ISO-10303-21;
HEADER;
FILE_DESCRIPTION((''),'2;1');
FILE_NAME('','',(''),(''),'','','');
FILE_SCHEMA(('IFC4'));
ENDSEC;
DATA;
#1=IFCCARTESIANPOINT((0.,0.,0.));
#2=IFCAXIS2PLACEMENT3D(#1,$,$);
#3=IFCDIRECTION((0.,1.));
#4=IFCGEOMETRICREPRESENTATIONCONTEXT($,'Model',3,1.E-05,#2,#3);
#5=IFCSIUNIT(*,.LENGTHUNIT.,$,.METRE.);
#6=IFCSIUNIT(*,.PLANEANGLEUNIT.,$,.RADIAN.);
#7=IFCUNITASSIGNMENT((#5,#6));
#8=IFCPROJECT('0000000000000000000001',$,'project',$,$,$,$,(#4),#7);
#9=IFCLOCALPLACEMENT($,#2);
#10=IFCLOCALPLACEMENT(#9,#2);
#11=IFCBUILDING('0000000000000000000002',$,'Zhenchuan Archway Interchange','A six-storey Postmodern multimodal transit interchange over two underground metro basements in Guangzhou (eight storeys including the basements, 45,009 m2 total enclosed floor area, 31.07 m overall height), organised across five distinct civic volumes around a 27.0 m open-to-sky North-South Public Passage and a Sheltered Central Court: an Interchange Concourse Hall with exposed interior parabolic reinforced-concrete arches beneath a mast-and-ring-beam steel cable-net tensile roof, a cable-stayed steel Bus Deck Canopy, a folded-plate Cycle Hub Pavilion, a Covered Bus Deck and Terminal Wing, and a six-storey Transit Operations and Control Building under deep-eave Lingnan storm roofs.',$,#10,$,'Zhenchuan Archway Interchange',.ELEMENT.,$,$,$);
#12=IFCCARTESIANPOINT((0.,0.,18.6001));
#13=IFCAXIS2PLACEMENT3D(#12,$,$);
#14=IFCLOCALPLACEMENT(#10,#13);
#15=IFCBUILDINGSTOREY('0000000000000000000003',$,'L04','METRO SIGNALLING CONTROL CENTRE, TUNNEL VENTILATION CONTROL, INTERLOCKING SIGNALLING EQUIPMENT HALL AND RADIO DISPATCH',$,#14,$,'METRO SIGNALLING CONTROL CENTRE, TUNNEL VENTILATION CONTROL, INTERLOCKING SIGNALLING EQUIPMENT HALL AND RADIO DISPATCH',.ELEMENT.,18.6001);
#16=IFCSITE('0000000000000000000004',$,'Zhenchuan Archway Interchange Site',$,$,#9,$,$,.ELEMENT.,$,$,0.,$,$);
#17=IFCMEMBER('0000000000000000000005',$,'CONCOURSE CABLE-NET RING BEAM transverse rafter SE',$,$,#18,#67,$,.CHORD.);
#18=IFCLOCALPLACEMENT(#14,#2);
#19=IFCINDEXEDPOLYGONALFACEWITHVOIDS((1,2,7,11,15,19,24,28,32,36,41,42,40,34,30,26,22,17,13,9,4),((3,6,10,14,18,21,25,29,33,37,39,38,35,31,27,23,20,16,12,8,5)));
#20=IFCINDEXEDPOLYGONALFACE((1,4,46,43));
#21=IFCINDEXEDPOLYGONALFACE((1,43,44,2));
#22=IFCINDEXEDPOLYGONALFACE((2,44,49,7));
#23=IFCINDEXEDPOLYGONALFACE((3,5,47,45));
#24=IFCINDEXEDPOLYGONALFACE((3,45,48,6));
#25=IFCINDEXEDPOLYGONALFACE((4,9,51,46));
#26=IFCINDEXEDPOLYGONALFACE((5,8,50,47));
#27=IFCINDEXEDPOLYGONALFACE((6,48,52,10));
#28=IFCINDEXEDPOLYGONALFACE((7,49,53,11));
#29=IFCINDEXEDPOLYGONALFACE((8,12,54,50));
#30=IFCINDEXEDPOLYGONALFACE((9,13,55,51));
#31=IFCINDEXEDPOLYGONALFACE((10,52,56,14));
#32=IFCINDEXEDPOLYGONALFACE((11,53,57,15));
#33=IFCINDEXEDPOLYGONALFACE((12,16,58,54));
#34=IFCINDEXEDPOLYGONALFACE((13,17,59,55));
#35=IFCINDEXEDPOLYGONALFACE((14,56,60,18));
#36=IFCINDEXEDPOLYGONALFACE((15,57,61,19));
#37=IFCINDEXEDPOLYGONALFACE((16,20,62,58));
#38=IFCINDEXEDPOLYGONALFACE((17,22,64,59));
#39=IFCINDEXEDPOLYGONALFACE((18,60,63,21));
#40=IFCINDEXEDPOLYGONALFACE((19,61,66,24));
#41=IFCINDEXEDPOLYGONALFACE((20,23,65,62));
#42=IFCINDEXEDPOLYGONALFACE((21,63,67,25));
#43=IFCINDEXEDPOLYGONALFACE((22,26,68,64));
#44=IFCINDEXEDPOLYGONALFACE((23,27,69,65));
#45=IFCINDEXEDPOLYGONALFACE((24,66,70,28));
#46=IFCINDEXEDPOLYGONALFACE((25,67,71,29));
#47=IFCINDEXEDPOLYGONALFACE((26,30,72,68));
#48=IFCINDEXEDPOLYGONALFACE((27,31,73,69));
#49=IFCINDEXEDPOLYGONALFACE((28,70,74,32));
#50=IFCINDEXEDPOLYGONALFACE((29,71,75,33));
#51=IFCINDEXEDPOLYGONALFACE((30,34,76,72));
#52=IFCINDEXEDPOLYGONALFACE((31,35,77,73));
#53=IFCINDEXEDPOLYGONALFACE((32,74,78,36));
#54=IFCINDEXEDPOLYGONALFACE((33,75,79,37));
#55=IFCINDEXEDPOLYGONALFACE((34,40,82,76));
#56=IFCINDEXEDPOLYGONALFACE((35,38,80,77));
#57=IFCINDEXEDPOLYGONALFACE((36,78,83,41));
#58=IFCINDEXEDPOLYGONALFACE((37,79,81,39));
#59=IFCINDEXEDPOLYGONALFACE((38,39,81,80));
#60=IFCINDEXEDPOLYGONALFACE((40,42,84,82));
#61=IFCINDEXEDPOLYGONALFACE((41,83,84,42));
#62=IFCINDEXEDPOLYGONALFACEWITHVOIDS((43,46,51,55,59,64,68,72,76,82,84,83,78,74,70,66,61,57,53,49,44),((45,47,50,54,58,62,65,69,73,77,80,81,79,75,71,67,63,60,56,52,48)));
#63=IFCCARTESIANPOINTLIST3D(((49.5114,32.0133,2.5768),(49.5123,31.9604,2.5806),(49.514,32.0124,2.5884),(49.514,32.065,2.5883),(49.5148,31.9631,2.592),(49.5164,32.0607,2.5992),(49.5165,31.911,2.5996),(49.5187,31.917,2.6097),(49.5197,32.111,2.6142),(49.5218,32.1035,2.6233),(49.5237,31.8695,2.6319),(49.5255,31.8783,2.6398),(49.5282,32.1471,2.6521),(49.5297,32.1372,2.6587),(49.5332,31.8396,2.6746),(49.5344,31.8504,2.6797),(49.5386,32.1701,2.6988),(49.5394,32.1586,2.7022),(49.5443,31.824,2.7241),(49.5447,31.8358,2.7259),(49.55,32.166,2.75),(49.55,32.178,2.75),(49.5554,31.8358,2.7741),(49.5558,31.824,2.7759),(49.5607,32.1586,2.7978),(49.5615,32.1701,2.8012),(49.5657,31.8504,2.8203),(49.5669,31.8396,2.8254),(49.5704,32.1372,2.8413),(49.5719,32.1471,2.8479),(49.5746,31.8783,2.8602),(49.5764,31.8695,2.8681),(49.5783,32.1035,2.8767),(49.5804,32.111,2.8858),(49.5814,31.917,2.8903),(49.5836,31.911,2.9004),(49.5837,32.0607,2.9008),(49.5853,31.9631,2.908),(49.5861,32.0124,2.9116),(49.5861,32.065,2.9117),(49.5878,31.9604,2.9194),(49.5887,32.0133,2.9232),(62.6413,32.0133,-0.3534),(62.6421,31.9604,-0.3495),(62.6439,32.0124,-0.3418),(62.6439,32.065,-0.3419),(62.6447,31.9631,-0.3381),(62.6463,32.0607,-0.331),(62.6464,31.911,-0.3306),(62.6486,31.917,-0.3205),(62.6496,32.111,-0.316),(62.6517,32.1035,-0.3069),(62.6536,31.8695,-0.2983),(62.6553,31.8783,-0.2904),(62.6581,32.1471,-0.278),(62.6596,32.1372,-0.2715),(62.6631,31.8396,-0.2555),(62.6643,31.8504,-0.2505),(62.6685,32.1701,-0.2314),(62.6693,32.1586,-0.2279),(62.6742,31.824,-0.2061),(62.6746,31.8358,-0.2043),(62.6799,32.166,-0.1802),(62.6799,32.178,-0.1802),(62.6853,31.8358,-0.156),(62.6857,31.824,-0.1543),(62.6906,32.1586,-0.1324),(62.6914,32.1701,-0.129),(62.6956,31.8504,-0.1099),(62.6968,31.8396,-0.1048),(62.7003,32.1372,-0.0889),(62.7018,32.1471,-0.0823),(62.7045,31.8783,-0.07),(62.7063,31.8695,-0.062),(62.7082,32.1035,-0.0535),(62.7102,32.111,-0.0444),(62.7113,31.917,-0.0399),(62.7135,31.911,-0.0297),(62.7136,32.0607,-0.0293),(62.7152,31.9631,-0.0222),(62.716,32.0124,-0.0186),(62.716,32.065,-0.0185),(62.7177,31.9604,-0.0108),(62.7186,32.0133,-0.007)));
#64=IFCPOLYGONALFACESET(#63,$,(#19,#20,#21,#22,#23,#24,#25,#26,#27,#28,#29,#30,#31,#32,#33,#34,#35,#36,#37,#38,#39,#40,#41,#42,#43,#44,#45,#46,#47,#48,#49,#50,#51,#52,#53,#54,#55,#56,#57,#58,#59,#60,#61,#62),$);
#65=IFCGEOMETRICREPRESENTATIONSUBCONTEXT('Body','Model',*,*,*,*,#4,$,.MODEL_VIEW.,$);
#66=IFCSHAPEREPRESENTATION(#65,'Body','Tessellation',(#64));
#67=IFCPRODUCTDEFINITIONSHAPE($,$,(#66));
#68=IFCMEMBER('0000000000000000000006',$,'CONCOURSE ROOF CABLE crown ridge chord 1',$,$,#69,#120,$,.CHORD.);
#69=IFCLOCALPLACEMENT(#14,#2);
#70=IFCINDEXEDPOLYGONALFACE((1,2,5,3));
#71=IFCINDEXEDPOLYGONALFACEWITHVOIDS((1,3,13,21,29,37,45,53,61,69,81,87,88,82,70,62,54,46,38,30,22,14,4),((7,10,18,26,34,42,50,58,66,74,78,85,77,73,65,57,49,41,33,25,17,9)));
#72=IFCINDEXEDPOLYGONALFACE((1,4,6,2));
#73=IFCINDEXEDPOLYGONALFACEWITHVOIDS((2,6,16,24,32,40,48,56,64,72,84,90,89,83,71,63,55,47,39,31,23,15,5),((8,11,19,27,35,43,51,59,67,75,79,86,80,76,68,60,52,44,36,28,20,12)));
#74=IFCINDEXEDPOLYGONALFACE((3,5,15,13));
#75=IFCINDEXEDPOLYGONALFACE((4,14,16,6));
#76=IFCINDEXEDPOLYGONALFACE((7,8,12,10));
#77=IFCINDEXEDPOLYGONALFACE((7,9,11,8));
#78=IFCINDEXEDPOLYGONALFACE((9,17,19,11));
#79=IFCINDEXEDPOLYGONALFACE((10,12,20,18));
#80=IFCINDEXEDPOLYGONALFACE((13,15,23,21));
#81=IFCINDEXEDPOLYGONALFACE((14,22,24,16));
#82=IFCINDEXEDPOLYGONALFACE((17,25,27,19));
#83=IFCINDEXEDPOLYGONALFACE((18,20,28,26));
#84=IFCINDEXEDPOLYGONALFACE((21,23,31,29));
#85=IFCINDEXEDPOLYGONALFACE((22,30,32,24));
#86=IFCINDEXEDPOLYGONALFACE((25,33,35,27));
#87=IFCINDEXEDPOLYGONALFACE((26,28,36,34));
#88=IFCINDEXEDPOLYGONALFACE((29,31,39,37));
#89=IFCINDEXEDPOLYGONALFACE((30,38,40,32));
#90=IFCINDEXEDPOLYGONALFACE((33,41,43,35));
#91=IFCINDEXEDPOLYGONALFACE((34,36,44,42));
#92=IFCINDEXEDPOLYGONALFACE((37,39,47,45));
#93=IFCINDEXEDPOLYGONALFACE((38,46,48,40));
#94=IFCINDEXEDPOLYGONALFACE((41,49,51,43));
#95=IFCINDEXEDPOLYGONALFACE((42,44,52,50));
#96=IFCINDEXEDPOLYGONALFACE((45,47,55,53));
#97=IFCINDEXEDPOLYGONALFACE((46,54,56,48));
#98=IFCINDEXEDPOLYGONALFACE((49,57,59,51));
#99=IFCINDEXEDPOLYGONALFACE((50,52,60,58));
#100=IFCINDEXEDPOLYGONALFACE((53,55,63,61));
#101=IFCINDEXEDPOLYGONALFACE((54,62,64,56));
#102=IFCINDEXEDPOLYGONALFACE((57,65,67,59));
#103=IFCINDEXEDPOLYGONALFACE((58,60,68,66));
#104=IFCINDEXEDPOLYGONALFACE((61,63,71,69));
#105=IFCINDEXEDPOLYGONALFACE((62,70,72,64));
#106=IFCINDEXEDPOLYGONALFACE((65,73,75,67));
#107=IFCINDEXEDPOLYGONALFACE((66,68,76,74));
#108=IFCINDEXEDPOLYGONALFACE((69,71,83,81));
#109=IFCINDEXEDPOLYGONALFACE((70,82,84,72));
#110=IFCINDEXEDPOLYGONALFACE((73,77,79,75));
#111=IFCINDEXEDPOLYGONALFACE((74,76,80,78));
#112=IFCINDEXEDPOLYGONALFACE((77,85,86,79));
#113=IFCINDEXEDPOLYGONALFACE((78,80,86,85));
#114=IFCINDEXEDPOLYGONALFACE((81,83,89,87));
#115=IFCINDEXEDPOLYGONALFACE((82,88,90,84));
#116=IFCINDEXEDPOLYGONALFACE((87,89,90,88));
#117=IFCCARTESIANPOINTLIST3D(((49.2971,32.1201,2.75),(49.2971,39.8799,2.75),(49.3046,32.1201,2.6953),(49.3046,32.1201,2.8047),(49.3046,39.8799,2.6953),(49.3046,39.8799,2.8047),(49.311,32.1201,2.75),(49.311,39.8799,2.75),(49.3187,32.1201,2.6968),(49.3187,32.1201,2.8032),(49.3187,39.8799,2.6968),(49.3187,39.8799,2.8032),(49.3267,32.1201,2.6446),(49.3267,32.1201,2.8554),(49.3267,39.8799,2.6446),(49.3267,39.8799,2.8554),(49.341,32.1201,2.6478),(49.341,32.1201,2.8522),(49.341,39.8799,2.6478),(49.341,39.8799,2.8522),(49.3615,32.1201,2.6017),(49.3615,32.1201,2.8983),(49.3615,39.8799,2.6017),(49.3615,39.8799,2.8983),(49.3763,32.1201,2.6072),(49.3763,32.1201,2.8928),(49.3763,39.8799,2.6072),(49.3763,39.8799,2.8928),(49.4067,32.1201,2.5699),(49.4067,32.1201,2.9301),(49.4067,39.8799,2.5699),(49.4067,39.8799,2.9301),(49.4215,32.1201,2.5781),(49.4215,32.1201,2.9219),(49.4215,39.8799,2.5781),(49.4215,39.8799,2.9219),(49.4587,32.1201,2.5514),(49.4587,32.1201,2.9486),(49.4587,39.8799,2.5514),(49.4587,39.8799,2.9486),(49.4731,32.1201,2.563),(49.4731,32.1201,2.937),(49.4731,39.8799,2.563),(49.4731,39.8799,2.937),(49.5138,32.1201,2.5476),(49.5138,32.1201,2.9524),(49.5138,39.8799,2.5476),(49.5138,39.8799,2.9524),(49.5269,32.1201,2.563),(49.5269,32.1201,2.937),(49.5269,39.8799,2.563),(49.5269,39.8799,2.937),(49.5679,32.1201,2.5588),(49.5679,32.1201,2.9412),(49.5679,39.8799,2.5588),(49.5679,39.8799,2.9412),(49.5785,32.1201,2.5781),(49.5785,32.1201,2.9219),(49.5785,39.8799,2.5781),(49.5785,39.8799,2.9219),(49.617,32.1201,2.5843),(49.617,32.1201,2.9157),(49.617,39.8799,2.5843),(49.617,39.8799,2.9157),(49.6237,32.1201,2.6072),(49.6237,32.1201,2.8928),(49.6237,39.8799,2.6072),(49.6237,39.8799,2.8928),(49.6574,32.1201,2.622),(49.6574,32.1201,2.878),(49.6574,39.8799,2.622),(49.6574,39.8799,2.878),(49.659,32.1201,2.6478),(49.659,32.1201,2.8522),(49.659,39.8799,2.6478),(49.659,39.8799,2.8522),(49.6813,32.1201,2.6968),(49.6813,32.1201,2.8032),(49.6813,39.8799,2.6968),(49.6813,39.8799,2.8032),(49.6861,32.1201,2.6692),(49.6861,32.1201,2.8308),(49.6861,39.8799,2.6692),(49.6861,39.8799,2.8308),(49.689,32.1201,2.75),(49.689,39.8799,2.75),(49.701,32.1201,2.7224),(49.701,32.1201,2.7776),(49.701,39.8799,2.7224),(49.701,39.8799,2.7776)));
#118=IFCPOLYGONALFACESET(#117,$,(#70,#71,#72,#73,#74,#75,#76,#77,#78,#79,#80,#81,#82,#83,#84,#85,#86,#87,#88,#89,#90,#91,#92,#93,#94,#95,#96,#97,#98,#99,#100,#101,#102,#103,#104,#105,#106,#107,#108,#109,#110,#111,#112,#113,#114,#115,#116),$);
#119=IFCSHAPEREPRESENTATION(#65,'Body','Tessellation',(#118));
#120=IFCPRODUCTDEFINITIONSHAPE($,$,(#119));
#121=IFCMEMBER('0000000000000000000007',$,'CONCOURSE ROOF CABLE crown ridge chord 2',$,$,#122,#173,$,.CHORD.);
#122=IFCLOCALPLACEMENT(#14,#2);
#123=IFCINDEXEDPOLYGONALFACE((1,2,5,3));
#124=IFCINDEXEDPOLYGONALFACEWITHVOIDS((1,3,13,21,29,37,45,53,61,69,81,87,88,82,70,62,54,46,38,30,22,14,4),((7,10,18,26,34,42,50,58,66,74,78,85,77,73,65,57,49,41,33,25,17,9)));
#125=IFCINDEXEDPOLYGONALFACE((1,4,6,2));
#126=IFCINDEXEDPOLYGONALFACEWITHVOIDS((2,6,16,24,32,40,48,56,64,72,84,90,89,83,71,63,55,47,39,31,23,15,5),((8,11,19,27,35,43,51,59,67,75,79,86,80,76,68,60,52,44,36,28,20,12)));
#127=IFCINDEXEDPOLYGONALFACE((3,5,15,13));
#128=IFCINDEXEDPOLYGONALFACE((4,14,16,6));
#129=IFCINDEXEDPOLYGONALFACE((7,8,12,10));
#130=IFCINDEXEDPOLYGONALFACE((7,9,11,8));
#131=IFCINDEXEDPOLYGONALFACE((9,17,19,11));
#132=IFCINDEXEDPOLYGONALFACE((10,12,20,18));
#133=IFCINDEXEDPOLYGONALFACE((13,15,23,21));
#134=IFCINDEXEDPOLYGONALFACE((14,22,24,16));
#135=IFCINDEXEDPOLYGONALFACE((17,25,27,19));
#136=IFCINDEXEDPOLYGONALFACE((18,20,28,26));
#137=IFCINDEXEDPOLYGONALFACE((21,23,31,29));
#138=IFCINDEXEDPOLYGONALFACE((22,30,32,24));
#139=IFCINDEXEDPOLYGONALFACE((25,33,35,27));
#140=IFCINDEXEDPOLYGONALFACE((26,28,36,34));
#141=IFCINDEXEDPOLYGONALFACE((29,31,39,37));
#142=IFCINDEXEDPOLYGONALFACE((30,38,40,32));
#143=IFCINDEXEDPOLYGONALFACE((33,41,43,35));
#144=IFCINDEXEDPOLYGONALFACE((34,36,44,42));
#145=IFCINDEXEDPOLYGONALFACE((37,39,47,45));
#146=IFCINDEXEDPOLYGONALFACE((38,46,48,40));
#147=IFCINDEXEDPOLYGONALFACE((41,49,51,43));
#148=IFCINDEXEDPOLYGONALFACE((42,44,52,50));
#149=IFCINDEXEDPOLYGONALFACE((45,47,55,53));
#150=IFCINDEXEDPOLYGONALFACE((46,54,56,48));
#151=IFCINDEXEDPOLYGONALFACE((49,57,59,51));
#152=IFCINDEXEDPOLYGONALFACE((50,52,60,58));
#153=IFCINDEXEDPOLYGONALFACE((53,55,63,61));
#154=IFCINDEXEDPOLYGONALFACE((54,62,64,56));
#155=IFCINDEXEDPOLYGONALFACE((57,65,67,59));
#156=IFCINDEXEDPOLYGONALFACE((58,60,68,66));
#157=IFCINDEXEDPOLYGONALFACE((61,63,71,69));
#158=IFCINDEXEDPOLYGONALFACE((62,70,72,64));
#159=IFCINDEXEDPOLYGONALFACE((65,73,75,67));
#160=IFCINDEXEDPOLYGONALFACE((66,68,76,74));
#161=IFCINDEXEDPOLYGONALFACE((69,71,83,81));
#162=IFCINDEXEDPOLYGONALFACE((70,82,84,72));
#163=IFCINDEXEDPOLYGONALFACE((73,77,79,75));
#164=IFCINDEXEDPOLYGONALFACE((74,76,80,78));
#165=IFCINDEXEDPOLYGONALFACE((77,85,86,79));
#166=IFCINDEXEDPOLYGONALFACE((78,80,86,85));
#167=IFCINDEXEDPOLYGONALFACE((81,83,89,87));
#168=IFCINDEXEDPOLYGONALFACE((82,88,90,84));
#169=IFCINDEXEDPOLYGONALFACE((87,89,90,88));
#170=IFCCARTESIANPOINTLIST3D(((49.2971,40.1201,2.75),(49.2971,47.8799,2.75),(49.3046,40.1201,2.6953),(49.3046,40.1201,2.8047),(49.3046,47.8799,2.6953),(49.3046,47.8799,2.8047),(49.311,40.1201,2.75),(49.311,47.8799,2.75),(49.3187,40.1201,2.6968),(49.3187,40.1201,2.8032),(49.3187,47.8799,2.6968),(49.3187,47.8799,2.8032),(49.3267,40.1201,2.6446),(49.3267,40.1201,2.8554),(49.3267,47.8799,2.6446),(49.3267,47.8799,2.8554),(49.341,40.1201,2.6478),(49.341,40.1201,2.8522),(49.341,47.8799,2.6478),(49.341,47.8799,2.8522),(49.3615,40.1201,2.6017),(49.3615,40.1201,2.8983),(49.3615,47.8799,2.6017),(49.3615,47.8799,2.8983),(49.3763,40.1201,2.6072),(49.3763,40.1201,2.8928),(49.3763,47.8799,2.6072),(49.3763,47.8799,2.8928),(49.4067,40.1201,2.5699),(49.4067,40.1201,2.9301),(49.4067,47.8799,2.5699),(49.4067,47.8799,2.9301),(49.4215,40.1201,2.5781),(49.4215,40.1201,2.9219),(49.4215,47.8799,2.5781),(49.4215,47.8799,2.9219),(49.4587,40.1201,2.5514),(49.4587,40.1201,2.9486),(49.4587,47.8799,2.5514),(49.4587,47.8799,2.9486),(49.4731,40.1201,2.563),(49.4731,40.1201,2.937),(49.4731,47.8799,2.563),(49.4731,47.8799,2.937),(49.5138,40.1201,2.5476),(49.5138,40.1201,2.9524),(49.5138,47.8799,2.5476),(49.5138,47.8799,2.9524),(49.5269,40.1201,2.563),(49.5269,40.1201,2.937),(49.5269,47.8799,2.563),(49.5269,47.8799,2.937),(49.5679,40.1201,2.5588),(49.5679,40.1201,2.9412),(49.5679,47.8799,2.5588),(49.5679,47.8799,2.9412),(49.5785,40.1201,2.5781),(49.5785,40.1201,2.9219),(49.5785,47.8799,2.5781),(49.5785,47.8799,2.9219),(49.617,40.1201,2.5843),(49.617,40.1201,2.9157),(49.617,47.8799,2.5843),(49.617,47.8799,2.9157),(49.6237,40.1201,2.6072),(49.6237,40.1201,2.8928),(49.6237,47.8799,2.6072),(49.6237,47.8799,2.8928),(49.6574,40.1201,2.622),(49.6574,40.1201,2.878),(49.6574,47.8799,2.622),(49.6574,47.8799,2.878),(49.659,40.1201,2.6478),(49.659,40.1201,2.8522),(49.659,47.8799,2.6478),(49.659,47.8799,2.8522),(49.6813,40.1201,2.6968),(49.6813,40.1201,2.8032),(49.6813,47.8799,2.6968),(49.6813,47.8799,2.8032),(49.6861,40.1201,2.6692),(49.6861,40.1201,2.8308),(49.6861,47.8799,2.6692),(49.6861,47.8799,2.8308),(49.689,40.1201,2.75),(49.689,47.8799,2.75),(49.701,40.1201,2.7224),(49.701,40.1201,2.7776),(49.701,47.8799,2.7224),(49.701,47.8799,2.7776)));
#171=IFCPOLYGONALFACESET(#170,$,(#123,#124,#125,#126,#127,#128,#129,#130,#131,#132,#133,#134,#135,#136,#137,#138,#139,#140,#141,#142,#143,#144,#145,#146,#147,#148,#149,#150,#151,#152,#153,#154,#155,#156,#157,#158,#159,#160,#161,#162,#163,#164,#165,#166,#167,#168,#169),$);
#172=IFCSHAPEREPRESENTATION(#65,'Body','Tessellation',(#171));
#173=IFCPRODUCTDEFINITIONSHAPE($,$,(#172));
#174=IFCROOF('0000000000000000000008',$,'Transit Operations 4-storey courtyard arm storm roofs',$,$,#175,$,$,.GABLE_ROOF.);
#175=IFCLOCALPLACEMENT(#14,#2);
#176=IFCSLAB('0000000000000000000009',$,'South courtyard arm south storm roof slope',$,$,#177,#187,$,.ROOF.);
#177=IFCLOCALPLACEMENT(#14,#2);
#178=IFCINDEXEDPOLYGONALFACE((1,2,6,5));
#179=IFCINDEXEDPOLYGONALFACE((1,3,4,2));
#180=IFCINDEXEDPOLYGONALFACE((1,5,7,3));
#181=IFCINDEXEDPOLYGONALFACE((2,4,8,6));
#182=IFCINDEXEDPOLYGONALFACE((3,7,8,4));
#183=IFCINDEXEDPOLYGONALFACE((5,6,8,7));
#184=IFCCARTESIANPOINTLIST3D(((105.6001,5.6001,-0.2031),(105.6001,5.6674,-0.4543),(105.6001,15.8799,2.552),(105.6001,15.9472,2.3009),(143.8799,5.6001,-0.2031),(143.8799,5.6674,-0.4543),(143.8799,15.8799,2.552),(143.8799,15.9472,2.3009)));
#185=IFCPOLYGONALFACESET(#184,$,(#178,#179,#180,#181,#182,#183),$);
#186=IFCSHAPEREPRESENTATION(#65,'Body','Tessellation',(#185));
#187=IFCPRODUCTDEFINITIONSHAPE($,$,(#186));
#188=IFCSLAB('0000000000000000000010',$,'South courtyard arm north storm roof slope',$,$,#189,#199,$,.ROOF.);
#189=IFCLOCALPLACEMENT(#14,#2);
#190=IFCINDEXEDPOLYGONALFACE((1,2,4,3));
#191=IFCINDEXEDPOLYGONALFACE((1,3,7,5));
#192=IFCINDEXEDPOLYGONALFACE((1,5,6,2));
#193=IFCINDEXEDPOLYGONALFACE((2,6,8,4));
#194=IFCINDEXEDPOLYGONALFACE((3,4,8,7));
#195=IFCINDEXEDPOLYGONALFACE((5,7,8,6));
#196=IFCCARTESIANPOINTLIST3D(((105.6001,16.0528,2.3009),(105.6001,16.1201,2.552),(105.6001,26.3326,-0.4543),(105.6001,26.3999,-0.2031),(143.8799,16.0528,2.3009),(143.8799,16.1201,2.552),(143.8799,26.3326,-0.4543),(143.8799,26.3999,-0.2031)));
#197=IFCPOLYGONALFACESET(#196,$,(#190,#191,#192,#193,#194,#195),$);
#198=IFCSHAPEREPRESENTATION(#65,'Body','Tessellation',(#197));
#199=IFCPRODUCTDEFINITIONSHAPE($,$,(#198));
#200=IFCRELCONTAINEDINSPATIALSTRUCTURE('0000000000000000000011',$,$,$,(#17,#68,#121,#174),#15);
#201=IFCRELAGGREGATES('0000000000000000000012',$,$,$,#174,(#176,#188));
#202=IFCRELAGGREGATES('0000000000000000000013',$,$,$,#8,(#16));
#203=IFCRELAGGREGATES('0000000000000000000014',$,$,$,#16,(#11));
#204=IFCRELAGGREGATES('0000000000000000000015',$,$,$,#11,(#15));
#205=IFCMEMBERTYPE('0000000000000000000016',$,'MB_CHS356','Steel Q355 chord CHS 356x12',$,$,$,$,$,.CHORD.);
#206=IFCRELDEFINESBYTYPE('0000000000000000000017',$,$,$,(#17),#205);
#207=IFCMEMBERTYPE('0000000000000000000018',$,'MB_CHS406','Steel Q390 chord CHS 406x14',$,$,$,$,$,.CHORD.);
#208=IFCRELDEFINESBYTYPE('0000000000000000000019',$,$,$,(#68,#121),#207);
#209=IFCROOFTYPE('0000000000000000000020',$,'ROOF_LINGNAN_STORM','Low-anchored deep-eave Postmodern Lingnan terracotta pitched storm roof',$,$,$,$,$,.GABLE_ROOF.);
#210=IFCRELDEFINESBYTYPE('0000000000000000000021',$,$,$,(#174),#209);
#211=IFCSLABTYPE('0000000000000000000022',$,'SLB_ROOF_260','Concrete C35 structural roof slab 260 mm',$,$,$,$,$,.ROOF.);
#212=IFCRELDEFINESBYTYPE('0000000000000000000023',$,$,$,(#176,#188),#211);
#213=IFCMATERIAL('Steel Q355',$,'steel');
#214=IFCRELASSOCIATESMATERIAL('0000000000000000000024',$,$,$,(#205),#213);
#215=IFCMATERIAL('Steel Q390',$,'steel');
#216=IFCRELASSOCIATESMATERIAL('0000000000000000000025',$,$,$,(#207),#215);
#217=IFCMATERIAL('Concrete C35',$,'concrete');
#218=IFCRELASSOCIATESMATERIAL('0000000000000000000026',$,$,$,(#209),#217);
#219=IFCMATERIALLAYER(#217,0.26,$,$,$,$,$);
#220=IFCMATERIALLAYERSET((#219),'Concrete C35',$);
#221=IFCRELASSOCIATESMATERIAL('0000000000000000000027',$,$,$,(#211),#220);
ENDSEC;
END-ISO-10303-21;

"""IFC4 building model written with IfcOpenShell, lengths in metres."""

from ifc_helpers import new_model, si_unit, direction, frame, origin, origin_2d, place, context, subcontext, project, spatial, polyline, hollow_circle, outline, extrude, material, layer, layer_set, material_profile, profile_set, type_object, element, aggregate, save


model = new_model("IFC4")

# Units and contexts
model_context = context("Model", 3, precision=1e-05, world=origin(), true_north=direction((0.0, 1.0)))
body_context = subcontext(model_context, "Body", "Model", "MODEL_VIEW")
ifc_project = project(units=[si_unit("LENGTHUNIT", "METRE"), si_unit("PLANEANGLEUNIT", "RADIAN")], contexts=[model_context])

# Site, building, storey
site_placement = place(None, origin())
site = spatial("IfcSite", under=ifc_project, at=site_placement, Name="Zhenchuan Archway Interchange Site", CompositionType="ELEMENT", RefElevation=0.0)
building_placement = place(site_placement, origin())
building = spatial("IfcBuilding", under=site, at=building_placement, Name="Zhenchuan Archway Interchange", Description="A six-storey Postmodern multimodal transit interchange over two underground metro basements in Guangzhou (eight storeys including the basements, 45,009 m2 total enclosed floor area, 31.07 m overall height), organised across five distinct civic volumes around a 27.0 m open-to-sky North-South Public Passage and a Sheltered Central Court: an Interchange Concourse Hall with exposed interior parabolic reinforced-concrete arches beneath a mast-and-ring-beam steel cable-net tensile roof, a cable-stayed steel Bus Deck Canopy, a folded-plate Cycle Hub Pavilion, a Covered Bus Deck and Terminal Wing, and a six-storey Transit Operations and Control Building under deep-eave Lingnan storm roofs.", LongName="Zhenchuan Archway Interchange", CompositionType="ELEMENT")
storey_placement = place(building_placement, frame((0.0, 0.0, 18.6001)))
storey = spatial("IfcBuildingStorey", under=building, at=storey_placement, Name="L04", Description="METRO SIGNALLING CONTROL CENTRE, TUNNEL VENTILATION CONTROL, INTERLOCKING SIGNALLING EQUIPMENT HALL AND RADIO DISPATCH", LongName="METRO SIGNALLING CONTROL CENTRE, TUNNEL VENTILATION CONTROL, INTERLOCKING SIGNALLING EQUIPMENT HALL AND RADIO DISPATCH", CompositionType="ELEMENT", Elevation=18.6001)

# Shared definitions
ifc_material_1 = material(Name="Steel Q390", Category="steel")

# Members
ifc_material_2 = material(Name="Steel Q355", Category="steel")
ifc_material_profile_1 = material_profile(ifc_material_2, hollow_circle(Radius=0.178, WallThickness=0.012, at=origin_2d()), Name="CHS 356x12")
ifc_profile_set_1 = profile_set([ifc_material_profile_1], Name="Steel Q355")
member_type_1 = type_object("IfcMemberType", Name="MB_CHS356", Description="Steel Q355 chord CHS 356x12", PredefinedType="CHORD", material=ifc_profile_set_1)
member_placement = place(storey_placement, frame((49.55, 32.0, 2.75), z_axis=(0.975991, 0.0, -0.21781), x_axis=(0.0, 1.0, 0.0)))
element("IfcMember", 1, at=member_placement, inside=storey, type_object=member_type_1, Name="CONCOURSE CABLE-NET RING BEAM transverse rafter SE", PredefinedType="CHORD", context=body_context, shape_type="SweptSolid", body=[
    extrude(hollow_circle(Radius=0.178, WallThickness=0.012, at=origin_2d()), origin(), (0.0, 0.0, 1.0), 13.4529),
])
ifc_material_profile_2 = material_profile(ifc_material_1, hollow_circle(Radius=0.2029, WallThickness=0.0139, at=origin_2d()), Name="CHS 406x14")
ifc_profile_set_2 = profile_set([ifc_material_profile_2], Name="Steel Q390")
member_type_2 = type_object("IfcMemberType", Name="MB_CHS406", Description="Steel Q390 chord CHS 406x14", PredefinedType="CHORD", material=ifc_profile_set_2)
for number, where, z_axis, x_axis, name in (
    (2, (49.5, 32.1201, 2.75), (0.0, 1.0, 0.0), (-1.0, 0.0, 0.0), "CONCOURSE ROOF CABLE crown ridge chord 1"),
    (3, (49.5, 40.1201, 2.75), (0.0, 1.0, 0.0), (-1.0, 0.0, 0.0), "CONCOURSE ROOF CABLE crown ridge chord 2"),
):
    element("IfcMember", number, at=place(storey_placement, frame(where, z_axis=z_axis, x_axis=x_axis)), inside=storey, type_object=member_type_2, Name=name, PredefinedType="CHORD", context=body_context, shape_type="SweptSolid", body=[
        extrude(hollow_circle(Radius=0.2029, WallThickness=0.0139, at=origin_2d()), origin(), (0.0, 0.0, 1.0), 7.7598),
    ])

# Roof, slabs
ifc_material_3 = material(Name="Concrete C35", Category="concrete")
roof_type_1 = type_object("IfcRoofType", Name="ROOF_LINGNAN_STORM", Description="Low-anchored deep-eave Postmodern Lingnan terracotta pitched storm roof", PredefinedType="GABLE_ROOF", material=ifc_material_3)
roof_1_placement = place(storey_placement, origin())
roof_1 = element("IfcRoof", 4, at=roof_1_placement, inside=storey, type_object=roof_type_1, Name="Transit Operations 4-storey courtyard arm storm roofs", PredefinedType="GABLE_ROOF")
ifc_layer_1 = layer(ifc_material_3, 0.26)
ifc_layer_set_1 = layer_set([ifc_layer_1], Name="Concrete C35")
slab_type_1 = type_object("IfcSlabType", Name="SLB_ROOF_260", Description="Concrete C35 structural roof slab 260 mm", PredefinedType="ROOF", material=ifc_layer_set_1)
slab_1_placement = place(storey_placement, frame((105.6001, 5.6001, -0.2031), z_axis=(0.0, -0.258878, 0.96591), x_axis=(1.0, 0.0, 0.0)))
slab_1 = element("IfcSlab", 5, at=slab_1_placement, type_object=slab_type_1, Name="South courtyard arm south storm roof slope", PredefinedType="ROOF", context=body_context, shape_type="SweptSolid", body=[
    extrude(outline(polyline([(0.0, 0.0), (38.2798, 0.0), (38.2798, 10.6426), (0.0, 10.6426), (0.0, 0.0)])), origin(), (0.0, 0.0, -1.0), 0.26),
])
slab_2_placement = place(storey_placement, frame((105.6001, 16.1201, 2.552), z_axis=(0.0, 0.258878, 0.96591), x_axis=(1.0, 0.0, 0.0)))
slab_2 = element("IfcSlab", 6, at=slab_2_placement, type_object=slab_type_1, Name="South courtyard arm north storm roof slope", PredefinedType="ROOF", context=body_context, shape_type="SweptSolid", body=[
    extrude(outline(polyline([(0.0, 0.0), (38.2798, 0.0), (38.2798, 10.6426), (0.0, 10.6426), (0.0, 0.0)])), origin(), (0.0, 0.0, -1.0), 0.26),
])
aggregate(roof_1, [slab_1, slab_2])

save(model, "model.ifc")
